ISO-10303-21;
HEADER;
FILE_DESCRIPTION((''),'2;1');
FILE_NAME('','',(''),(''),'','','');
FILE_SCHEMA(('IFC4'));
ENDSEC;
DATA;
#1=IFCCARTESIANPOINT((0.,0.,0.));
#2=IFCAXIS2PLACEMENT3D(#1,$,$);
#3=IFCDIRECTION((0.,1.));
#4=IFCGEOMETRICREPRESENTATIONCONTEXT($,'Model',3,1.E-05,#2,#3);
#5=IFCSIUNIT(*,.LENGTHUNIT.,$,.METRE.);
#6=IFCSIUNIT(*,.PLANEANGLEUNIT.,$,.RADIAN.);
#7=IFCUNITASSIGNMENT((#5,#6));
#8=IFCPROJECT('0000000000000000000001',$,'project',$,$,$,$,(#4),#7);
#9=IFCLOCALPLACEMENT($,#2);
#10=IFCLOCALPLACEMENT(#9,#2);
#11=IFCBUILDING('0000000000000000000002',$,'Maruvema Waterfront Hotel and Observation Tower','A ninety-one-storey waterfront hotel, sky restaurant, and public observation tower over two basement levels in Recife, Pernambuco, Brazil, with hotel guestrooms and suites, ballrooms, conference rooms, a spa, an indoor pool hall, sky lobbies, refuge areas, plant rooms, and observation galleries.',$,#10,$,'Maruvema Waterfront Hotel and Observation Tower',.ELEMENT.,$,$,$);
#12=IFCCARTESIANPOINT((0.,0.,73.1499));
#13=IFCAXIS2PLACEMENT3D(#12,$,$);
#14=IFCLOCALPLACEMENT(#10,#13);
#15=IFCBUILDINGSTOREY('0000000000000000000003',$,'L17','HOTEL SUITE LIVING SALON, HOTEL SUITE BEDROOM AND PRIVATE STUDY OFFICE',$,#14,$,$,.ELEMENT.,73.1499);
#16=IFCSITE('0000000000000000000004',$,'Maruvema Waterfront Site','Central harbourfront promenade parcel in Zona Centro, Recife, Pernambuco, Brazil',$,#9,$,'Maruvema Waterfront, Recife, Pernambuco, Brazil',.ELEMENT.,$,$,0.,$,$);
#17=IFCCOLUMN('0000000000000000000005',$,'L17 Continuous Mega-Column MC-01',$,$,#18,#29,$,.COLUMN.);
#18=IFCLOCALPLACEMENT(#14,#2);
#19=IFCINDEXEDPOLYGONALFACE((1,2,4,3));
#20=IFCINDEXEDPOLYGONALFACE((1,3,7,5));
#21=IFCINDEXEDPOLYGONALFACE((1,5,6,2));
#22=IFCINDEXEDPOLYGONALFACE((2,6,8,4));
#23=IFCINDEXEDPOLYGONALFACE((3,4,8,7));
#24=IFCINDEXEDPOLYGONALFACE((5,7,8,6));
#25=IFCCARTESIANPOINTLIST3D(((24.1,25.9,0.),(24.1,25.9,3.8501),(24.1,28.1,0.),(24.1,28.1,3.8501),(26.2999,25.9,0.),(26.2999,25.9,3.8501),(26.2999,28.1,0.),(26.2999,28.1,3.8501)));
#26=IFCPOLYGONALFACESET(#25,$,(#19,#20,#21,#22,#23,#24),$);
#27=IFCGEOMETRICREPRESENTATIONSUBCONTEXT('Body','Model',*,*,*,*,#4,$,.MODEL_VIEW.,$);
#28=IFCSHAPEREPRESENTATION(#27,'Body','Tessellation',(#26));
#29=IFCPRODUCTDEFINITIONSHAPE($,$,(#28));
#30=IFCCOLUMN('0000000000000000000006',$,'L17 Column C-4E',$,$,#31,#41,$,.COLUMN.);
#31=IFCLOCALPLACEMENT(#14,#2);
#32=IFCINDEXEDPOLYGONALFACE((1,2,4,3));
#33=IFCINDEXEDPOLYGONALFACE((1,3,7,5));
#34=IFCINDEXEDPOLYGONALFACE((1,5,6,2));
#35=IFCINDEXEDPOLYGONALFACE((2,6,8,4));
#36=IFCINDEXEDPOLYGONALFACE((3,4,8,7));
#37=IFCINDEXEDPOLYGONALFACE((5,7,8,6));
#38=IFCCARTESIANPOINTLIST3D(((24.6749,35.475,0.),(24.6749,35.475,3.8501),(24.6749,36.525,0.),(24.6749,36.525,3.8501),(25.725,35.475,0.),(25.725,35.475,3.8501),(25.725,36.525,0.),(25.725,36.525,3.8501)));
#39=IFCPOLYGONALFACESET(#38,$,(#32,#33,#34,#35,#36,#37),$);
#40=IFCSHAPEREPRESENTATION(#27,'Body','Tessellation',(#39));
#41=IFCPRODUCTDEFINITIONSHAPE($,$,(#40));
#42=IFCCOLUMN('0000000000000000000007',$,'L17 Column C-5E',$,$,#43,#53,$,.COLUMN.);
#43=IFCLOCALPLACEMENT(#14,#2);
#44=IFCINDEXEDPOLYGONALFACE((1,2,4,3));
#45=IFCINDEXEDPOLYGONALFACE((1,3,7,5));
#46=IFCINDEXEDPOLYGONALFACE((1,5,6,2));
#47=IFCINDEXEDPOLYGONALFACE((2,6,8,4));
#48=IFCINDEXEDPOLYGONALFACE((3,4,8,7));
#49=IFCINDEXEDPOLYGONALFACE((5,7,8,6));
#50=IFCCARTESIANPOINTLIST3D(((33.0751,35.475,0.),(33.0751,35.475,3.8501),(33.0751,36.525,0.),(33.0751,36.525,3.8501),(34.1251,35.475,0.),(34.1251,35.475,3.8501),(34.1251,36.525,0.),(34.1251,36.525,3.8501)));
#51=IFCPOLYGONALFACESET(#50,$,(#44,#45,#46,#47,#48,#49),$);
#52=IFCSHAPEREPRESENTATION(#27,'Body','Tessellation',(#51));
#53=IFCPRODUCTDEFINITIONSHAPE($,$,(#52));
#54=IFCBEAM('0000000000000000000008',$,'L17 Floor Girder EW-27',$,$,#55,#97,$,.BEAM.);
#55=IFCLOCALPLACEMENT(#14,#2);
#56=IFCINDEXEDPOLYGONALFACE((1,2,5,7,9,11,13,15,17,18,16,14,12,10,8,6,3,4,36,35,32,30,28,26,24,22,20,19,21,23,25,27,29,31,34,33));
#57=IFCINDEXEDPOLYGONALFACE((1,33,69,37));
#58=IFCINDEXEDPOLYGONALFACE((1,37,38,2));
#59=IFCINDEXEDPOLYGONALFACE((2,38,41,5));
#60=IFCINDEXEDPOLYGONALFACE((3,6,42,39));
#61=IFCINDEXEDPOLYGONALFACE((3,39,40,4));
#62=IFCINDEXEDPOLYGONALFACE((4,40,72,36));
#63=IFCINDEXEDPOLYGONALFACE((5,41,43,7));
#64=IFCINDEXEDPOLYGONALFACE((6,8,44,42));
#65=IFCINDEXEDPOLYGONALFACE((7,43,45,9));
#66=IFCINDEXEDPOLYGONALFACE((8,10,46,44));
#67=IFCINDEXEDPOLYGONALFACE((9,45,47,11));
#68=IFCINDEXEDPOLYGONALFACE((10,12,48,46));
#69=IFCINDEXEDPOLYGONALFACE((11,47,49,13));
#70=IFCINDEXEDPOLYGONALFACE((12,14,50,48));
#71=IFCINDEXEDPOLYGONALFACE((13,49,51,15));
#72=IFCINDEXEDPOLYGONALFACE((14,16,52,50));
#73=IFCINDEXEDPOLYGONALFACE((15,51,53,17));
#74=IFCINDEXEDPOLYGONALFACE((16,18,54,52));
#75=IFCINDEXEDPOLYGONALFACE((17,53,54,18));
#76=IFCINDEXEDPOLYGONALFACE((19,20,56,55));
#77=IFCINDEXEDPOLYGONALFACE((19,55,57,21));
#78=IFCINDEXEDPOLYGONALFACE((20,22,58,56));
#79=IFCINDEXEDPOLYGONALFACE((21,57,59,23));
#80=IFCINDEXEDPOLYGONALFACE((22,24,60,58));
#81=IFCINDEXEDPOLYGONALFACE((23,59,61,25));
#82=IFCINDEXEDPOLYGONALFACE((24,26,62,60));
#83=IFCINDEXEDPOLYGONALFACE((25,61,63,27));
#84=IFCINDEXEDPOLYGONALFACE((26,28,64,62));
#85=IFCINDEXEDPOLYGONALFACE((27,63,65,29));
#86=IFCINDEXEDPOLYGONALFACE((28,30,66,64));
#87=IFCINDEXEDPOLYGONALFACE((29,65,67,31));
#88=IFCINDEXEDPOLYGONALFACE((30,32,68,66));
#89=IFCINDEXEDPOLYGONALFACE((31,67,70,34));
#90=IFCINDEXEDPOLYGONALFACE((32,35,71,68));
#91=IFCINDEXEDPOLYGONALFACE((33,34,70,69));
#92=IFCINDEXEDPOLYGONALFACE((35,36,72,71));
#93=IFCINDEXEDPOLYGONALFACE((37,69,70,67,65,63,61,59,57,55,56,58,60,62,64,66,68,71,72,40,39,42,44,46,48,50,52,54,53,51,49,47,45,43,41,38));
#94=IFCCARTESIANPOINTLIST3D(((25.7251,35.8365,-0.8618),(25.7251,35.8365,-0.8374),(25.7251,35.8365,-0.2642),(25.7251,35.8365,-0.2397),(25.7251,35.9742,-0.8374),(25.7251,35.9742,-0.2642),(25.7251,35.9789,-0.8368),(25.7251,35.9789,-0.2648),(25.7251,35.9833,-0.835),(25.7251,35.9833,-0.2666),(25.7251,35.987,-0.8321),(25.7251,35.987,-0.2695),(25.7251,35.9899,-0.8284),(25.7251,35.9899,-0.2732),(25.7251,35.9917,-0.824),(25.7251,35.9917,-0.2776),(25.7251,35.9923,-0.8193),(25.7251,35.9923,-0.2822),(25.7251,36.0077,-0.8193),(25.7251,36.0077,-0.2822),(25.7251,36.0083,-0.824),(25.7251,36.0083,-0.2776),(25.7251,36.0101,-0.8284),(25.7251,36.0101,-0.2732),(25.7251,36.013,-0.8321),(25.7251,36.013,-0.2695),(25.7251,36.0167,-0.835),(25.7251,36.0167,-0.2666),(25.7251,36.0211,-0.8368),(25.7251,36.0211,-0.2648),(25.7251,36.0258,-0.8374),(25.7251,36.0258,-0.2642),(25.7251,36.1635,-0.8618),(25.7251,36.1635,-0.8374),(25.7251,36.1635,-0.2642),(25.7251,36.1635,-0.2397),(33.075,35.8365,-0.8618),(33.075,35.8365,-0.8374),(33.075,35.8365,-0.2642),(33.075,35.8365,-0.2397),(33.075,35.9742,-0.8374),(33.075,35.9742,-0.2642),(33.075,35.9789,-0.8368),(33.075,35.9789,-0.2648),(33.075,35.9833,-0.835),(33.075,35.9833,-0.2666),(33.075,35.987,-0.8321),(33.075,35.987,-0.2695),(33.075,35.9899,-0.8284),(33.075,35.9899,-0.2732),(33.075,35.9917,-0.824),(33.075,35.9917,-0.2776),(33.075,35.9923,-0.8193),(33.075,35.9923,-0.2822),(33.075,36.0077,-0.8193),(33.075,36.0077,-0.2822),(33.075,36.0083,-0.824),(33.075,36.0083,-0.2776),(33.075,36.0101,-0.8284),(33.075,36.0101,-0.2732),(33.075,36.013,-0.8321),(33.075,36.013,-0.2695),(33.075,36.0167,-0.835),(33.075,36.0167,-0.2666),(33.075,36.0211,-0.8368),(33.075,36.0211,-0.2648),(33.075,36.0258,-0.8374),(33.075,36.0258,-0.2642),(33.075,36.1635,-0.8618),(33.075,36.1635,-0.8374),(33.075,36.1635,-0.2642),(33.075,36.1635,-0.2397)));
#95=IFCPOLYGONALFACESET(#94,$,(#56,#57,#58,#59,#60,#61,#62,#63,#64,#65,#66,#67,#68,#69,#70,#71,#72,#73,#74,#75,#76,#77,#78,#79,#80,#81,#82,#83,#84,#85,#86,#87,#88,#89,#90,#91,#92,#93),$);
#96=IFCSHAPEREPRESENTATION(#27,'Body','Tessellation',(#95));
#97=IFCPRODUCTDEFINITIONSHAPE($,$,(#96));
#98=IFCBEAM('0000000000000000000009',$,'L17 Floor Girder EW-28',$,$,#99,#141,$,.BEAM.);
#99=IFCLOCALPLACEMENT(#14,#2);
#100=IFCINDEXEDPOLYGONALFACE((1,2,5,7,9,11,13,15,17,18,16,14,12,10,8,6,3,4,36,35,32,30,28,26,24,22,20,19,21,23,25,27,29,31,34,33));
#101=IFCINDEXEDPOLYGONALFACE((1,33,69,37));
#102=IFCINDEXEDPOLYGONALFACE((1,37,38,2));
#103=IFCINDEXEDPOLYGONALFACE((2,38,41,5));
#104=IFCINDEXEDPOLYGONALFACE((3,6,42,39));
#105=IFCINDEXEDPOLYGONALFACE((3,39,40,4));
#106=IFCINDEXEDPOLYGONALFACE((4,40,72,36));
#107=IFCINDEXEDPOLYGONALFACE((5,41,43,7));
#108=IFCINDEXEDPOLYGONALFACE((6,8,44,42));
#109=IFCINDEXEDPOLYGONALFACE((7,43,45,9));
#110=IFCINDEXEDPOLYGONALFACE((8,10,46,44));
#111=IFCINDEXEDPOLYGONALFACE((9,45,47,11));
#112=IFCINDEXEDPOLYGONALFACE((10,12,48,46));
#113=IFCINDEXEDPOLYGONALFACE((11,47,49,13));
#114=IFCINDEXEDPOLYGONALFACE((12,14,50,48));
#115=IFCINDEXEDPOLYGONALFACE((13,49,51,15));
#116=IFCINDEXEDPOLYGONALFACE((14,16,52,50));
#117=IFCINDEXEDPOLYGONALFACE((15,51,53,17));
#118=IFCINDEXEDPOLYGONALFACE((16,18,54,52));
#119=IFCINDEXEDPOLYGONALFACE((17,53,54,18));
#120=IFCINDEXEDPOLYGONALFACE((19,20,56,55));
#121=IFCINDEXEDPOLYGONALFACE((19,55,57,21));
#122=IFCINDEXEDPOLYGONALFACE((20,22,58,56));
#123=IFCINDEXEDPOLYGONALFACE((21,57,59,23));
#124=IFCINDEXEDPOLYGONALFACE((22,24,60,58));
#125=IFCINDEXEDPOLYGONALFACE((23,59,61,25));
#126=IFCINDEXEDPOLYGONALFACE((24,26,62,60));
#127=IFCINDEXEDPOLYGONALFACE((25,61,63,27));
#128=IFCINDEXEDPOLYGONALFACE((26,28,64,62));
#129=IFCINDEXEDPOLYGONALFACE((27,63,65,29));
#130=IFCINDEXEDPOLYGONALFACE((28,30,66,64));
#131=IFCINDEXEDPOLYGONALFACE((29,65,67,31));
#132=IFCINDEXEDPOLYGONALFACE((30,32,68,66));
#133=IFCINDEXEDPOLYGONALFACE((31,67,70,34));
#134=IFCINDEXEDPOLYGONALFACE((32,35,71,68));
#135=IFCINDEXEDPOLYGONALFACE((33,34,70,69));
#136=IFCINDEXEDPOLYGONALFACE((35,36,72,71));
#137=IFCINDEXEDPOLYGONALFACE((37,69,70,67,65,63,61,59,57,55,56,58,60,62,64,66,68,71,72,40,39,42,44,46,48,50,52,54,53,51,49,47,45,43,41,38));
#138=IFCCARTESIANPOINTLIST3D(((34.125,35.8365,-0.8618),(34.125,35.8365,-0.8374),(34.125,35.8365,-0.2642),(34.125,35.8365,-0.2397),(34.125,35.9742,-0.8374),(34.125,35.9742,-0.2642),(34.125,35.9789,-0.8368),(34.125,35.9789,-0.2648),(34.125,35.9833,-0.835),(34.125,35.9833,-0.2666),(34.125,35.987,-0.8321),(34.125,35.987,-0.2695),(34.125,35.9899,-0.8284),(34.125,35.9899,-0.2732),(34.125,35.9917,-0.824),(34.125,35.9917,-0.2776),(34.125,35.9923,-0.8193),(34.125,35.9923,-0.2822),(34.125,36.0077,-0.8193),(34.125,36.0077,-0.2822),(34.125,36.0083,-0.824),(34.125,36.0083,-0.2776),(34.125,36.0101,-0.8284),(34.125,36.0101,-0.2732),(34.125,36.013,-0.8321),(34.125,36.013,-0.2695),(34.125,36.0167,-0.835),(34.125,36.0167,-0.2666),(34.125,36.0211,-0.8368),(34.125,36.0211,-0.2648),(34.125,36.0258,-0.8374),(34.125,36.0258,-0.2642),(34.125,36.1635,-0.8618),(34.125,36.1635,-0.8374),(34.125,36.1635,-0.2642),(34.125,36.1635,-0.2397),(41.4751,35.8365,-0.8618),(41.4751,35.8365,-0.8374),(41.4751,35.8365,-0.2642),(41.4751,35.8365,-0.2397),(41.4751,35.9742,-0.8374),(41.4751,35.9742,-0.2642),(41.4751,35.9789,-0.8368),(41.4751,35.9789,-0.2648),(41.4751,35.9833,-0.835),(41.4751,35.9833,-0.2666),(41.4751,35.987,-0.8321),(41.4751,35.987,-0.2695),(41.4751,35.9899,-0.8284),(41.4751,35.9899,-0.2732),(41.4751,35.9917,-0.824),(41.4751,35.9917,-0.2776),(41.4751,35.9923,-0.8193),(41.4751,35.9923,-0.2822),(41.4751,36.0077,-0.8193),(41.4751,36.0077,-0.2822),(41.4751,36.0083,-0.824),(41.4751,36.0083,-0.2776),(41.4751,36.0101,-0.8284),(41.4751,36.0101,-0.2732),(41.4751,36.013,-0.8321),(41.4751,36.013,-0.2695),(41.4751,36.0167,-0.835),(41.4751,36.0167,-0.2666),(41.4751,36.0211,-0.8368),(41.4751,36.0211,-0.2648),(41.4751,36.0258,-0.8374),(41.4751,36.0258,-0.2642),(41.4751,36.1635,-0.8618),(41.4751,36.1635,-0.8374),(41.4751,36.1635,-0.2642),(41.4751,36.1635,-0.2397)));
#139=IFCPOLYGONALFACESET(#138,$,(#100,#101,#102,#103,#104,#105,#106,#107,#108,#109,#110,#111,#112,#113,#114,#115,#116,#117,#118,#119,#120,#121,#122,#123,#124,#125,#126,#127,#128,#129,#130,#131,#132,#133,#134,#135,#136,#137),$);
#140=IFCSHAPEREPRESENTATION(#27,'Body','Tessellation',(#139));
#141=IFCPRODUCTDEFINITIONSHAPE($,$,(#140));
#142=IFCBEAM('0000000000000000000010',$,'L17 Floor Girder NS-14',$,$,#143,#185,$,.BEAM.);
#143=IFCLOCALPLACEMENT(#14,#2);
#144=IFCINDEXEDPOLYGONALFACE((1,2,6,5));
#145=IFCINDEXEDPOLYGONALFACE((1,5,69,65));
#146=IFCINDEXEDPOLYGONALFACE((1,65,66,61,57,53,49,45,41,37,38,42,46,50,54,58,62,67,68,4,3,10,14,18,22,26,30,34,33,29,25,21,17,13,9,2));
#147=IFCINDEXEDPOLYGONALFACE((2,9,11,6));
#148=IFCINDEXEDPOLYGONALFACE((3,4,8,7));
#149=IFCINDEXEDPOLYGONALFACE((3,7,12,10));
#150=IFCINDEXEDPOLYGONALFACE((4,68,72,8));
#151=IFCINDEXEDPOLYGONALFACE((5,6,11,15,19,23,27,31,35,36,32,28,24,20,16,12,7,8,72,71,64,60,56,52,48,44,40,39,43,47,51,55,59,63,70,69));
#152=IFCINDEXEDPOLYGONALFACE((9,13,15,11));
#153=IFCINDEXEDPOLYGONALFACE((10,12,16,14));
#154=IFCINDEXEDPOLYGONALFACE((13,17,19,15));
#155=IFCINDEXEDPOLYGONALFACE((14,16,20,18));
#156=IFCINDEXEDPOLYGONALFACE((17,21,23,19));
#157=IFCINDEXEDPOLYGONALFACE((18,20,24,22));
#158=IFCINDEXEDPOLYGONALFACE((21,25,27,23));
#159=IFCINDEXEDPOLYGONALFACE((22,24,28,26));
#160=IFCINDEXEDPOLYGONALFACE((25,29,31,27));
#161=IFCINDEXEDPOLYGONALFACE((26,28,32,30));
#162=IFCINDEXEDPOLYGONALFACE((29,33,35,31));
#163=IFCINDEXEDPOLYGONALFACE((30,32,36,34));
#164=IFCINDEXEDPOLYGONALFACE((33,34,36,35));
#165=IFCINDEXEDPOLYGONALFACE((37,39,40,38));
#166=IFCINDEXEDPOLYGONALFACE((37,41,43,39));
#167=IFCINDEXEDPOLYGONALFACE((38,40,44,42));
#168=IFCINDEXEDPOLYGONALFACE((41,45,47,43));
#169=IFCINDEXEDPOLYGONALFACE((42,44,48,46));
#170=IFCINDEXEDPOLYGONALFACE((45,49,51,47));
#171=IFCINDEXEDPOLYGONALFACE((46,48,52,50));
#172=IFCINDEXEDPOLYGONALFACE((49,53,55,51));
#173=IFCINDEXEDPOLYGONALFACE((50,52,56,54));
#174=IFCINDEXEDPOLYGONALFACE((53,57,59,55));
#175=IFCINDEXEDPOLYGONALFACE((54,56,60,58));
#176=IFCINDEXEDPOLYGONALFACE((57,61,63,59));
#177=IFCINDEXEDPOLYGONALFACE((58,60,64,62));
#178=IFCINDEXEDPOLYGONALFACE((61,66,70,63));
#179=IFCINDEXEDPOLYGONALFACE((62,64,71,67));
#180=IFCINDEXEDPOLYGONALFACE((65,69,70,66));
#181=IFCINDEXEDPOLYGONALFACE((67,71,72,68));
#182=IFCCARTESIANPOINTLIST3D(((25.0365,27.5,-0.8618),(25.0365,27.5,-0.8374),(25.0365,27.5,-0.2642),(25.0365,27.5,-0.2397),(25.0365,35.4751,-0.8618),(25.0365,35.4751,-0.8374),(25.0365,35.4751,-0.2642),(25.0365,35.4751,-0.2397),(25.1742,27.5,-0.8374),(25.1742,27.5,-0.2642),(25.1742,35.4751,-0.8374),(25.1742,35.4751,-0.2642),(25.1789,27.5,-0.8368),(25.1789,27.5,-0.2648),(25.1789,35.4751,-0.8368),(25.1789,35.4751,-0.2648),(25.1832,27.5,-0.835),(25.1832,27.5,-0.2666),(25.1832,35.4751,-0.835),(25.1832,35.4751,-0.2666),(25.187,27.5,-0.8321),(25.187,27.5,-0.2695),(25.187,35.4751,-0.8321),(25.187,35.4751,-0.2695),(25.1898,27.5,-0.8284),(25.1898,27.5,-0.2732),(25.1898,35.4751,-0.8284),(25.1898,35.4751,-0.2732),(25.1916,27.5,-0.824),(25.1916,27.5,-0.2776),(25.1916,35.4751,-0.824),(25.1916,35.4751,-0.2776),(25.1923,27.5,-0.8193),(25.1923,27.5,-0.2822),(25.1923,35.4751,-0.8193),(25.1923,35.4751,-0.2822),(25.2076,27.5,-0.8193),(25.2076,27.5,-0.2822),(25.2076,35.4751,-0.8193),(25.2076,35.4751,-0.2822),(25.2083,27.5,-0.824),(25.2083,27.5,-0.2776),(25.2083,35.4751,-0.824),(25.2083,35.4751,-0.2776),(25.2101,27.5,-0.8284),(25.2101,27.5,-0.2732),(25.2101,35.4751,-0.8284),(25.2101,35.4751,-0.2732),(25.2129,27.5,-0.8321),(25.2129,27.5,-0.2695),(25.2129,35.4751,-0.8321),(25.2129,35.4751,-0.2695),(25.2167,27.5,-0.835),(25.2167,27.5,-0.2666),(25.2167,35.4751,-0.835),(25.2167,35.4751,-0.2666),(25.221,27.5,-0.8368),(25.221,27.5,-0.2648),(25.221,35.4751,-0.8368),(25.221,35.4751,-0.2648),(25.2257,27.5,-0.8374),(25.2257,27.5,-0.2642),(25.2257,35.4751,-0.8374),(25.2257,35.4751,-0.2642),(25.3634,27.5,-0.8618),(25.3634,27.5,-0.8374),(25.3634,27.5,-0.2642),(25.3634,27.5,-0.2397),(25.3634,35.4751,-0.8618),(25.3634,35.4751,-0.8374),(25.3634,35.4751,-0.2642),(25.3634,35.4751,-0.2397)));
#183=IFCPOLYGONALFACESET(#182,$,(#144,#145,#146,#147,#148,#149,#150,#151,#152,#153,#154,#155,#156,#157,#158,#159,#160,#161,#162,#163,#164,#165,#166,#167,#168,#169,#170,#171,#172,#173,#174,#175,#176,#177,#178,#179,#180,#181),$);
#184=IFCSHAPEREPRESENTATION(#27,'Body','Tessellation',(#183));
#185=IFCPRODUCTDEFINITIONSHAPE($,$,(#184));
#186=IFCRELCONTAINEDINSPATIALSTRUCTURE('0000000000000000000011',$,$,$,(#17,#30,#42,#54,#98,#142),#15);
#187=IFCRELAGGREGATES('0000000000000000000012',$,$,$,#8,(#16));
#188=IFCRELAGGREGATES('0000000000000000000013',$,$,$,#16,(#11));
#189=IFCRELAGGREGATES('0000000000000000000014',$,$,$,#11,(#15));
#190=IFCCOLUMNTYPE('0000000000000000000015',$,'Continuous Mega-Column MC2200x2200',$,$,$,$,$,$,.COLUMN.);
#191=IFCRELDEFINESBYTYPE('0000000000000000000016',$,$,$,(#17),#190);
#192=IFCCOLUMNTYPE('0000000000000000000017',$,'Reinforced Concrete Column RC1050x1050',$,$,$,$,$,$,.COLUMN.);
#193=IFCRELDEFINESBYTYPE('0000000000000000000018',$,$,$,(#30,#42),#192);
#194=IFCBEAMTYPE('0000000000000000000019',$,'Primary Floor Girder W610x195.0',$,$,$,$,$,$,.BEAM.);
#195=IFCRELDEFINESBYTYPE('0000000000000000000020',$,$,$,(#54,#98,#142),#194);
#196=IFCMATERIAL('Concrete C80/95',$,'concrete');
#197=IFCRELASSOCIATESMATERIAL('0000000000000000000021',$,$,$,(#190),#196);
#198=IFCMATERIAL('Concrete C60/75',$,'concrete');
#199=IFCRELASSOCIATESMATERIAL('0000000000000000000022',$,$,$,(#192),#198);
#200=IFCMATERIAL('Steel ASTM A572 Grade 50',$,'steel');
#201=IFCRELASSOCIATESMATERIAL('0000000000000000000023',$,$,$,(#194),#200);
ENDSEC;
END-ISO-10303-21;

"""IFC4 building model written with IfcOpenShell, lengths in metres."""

from ifc_helpers import new_model, si_unit, direction, frame, origin, origin_2d, place, context, subcontext, project, spatial, rectangle, i_section, extrude, material, material_profile, profile_set, type_object, element, save


model = new_model("IFC4")

# Units and contexts
model_context = context("Model", 3, precision=1e-05, world=origin(), true_north=direction((0.0, 1.0)))
body_context = subcontext(model_context, "Body", "Model", "MODEL_VIEW")
ifc_project = project(units=[si_unit("LENGTHUNIT", "METRE"), si_unit("PLANEANGLEUNIT", "RADIAN")], contexts=[model_context])

# Site, building, storey
site_placement = place(None, origin())
site = spatial("IfcSite", under=ifc_project, at=site_placement, Name="Maruvema Waterfront Site", Description="Central harbourfront promenade parcel in Zona Centro, Recife, Pernambuco, Brazil", LongName="Maruvema Waterfront, Recife, Pernambuco, Brazil", CompositionType="ELEMENT", RefElevation=0.0)
building_placement = place(site_placement, origin())
building = spatial("IfcBuilding", under=site, at=building_placement, Name="Maruvema Waterfront Hotel and Observation Tower", Description="A ninety-one-storey waterfront hotel, sky restaurant, and public observation tower over two basement levels in Recife, Pernambuco, Brazil, with hotel guestrooms and suites, ballrooms, conference rooms, a spa, an indoor pool hall, sky lobbies, refuge areas, plant rooms, and observation galleries.", LongName="Maruvema Waterfront Hotel and Observation Tower", CompositionType="ELEMENT")
storey_placement = place(building_placement, frame((0.0, 0.0, 73.1499)))
storey = spatial("IfcBuildingStorey", under=building, at=storey_placement, Name="L17", Description="HOTEL SUITE LIVING SALON, HOTEL SUITE BEDROOM AND PRIVATE STUDY OFFICE", CompositionType="ELEMENT", Elevation=73.1499)

# Columns
ifc_material_1 = material(Name="Concrete C80/95", Category="concrete")
ifc_material_profile_1 = material_profile(ifc_material_1, rectangle(XDim=2.2, YDim=2.2, at=origin_2d()), Name="MC2200x2200")
ifc_profile_set_1 = profile_set([ifc_material_profile_1], Name="Concrete C80/95")
column_type_1 = type_object("IfcColumnType", Name="Continuous Mega-Column MC2200x2200", PredefinedType="COLUMN", material=ifc_profile_set_1)
column_placement = place(storey_placement, frame((25.2, 27.0, 0.0), z_axis=(0.0, 0.0, 1.0), x_axis=(1.0, 0.0, 0.0)))
element("IfcColumn", 1, at=column_placement, inside=storey, type_object=column_type_1, Name="L17 Continuous Mega-Column MC-01", PredefinedType="COLUMN", context=body_context, shape_type="SweptSolid", body=[
    extrude(rectangle(XDim=2.2, YDim=2.2, at=origin_2d()), origin(), (0.0, 0.0, 1.0), 3.8501),
])
ifc_material_2 = material(Name="Concrete C60/75", Category="concrete")
ifc_material_profile_2 = material_profile(ifc_material_2, rectangle(XDim=1.05, YDim=1.05, at=origin_2d()), Name="RC1050x1050")
ifc_profile_set_2 = profile_set([ifc_material_profile_2], Name="Concrete C60/75")
column_type_2 = type_object("IfcColumnType", Name="Reinforced Concrete Column RC1050x1050", PredefinedType="COLUMN", material=ifc_profile_set_2)
for number, where, z_axis, x_axis, name in (
    (2, (25.2, 36.0, 0.0), (0.0, 0.0, 1.0), (1.0, 0.0, 0.0), "L17 Column C-4E"),
    (3, (33.6001, 36.0, 0.0), (0.0, 0.0, 1.0), (1.0, 0.0, 0.0), "L17 Column C-5E"),
):
    element("IfcColumn", number, at=place(storey_placement, frame(where, z_axis=z_axis, x_axis=x_axis)), inside=storey, type_object=column_type_2, Name=name, PredefinedType="COLUMN", context=body_context, shape_type="SweptSolid", body=[
        extrude(rectangle(XDim=1.05, YDim=1.05, at=origin_2d()), origin(), (0.0, 0.0, 1.0), 3.8501),
    ])

# Beams
ifc_material_3 = material(Name="Steel ASTM A572 Grade 50", Category="steel")
ifc_material_profile_3 = material_profile(ifc_material_3, i_section(OverallWidth=0.3269, OverallDepth=0.6221, WebThickness=0.0154, FlangeThickness=0.0244, FilletRadius=0.0181, at=origin_2d()), Name="W610x195.0")
ifc_profile_set_3 = profile_set([ifc_material_profile_3], Name="Steel ASTM A572 Grade 50")
beam_type_1 = type_object("IfcBeamType", Name="Primary Floor Girder W610x195.0", PredefinedType="BEAM", material=ifc_profile_set_3)
beam_1_placement = place(storey_placement, frame((25.7251, 36.0, -0.5508), z_axis=(1.0, 0.0, 0.0), x_axis=(0.0, 1.0, 0.0)))
element("IfcBeam", 4, at=beam_1_placement, inside=storey, type_object=beam_type_1, Name="L17 Floor Girder EW-27", PredefinedType="BEAM", context=body_context, shape_type="SweptSolid", body=[
    extrude(i_section(OverallWidth=0.3269, OverallDepth=0.6221, WebThickness=0.0154, FlangeThickness=0.0244, FilletRadius=0.0181, at=origin_2d()), origin(), (0.0, 0.0, 1.0), 7.3499),
])
beam_2_placement = place(storey_placement, frame((34.125, 36.0, -0.5508), z_axis=(1.0, 0.0, 0.0), x_axis=(0.0, 1.0, 0.0)))
element("IfcBeam", 5, at=beam_2_placement, inside=storey, type_object=beam_type_1, Name="L17 Floor Girder EW-28", PredefinedType="BEAM", context=body_context, shape_type="SweptSolid", body=[
    extrude(i_section(OverallWidth=0.3269, OverallDepth=0.6221, WebThickness=0.0154, FlangeThickness=0.0244, FilletRadius=0.0181, at=origin_2d()), origin(), (0.0, 0.0, 1.0), 7.3501),
])
for number, where, z_axis, x_axis, name in (
    (6, (25.2, 27.5, -0.5508), (0.0, 1.0, 0.0), (-1.0, 0.0, 0.0), "L17 Floor Girder NS-14"),
):
    element("IfcBeam", number, at=place(storey_placement, frame(where, z_axis=z_axis, x_axis=x_axis)), inside=storey, type_object=beam_type_1, Name=name, PredefinedType="BEAM", context=body_context, shape_type="SweptSolid", body=[
        extrude(i_section(OverallWidth=0.3269, OverallDepth=0.6221, WebThickness=0.0154, FlangeThickness=0.0244, FilletRadius=0.0181, at=origin_2d()), origin(), (0.0, 0.0, 1.0), 7.9751),
    ])

save(model, "model.ifc")
